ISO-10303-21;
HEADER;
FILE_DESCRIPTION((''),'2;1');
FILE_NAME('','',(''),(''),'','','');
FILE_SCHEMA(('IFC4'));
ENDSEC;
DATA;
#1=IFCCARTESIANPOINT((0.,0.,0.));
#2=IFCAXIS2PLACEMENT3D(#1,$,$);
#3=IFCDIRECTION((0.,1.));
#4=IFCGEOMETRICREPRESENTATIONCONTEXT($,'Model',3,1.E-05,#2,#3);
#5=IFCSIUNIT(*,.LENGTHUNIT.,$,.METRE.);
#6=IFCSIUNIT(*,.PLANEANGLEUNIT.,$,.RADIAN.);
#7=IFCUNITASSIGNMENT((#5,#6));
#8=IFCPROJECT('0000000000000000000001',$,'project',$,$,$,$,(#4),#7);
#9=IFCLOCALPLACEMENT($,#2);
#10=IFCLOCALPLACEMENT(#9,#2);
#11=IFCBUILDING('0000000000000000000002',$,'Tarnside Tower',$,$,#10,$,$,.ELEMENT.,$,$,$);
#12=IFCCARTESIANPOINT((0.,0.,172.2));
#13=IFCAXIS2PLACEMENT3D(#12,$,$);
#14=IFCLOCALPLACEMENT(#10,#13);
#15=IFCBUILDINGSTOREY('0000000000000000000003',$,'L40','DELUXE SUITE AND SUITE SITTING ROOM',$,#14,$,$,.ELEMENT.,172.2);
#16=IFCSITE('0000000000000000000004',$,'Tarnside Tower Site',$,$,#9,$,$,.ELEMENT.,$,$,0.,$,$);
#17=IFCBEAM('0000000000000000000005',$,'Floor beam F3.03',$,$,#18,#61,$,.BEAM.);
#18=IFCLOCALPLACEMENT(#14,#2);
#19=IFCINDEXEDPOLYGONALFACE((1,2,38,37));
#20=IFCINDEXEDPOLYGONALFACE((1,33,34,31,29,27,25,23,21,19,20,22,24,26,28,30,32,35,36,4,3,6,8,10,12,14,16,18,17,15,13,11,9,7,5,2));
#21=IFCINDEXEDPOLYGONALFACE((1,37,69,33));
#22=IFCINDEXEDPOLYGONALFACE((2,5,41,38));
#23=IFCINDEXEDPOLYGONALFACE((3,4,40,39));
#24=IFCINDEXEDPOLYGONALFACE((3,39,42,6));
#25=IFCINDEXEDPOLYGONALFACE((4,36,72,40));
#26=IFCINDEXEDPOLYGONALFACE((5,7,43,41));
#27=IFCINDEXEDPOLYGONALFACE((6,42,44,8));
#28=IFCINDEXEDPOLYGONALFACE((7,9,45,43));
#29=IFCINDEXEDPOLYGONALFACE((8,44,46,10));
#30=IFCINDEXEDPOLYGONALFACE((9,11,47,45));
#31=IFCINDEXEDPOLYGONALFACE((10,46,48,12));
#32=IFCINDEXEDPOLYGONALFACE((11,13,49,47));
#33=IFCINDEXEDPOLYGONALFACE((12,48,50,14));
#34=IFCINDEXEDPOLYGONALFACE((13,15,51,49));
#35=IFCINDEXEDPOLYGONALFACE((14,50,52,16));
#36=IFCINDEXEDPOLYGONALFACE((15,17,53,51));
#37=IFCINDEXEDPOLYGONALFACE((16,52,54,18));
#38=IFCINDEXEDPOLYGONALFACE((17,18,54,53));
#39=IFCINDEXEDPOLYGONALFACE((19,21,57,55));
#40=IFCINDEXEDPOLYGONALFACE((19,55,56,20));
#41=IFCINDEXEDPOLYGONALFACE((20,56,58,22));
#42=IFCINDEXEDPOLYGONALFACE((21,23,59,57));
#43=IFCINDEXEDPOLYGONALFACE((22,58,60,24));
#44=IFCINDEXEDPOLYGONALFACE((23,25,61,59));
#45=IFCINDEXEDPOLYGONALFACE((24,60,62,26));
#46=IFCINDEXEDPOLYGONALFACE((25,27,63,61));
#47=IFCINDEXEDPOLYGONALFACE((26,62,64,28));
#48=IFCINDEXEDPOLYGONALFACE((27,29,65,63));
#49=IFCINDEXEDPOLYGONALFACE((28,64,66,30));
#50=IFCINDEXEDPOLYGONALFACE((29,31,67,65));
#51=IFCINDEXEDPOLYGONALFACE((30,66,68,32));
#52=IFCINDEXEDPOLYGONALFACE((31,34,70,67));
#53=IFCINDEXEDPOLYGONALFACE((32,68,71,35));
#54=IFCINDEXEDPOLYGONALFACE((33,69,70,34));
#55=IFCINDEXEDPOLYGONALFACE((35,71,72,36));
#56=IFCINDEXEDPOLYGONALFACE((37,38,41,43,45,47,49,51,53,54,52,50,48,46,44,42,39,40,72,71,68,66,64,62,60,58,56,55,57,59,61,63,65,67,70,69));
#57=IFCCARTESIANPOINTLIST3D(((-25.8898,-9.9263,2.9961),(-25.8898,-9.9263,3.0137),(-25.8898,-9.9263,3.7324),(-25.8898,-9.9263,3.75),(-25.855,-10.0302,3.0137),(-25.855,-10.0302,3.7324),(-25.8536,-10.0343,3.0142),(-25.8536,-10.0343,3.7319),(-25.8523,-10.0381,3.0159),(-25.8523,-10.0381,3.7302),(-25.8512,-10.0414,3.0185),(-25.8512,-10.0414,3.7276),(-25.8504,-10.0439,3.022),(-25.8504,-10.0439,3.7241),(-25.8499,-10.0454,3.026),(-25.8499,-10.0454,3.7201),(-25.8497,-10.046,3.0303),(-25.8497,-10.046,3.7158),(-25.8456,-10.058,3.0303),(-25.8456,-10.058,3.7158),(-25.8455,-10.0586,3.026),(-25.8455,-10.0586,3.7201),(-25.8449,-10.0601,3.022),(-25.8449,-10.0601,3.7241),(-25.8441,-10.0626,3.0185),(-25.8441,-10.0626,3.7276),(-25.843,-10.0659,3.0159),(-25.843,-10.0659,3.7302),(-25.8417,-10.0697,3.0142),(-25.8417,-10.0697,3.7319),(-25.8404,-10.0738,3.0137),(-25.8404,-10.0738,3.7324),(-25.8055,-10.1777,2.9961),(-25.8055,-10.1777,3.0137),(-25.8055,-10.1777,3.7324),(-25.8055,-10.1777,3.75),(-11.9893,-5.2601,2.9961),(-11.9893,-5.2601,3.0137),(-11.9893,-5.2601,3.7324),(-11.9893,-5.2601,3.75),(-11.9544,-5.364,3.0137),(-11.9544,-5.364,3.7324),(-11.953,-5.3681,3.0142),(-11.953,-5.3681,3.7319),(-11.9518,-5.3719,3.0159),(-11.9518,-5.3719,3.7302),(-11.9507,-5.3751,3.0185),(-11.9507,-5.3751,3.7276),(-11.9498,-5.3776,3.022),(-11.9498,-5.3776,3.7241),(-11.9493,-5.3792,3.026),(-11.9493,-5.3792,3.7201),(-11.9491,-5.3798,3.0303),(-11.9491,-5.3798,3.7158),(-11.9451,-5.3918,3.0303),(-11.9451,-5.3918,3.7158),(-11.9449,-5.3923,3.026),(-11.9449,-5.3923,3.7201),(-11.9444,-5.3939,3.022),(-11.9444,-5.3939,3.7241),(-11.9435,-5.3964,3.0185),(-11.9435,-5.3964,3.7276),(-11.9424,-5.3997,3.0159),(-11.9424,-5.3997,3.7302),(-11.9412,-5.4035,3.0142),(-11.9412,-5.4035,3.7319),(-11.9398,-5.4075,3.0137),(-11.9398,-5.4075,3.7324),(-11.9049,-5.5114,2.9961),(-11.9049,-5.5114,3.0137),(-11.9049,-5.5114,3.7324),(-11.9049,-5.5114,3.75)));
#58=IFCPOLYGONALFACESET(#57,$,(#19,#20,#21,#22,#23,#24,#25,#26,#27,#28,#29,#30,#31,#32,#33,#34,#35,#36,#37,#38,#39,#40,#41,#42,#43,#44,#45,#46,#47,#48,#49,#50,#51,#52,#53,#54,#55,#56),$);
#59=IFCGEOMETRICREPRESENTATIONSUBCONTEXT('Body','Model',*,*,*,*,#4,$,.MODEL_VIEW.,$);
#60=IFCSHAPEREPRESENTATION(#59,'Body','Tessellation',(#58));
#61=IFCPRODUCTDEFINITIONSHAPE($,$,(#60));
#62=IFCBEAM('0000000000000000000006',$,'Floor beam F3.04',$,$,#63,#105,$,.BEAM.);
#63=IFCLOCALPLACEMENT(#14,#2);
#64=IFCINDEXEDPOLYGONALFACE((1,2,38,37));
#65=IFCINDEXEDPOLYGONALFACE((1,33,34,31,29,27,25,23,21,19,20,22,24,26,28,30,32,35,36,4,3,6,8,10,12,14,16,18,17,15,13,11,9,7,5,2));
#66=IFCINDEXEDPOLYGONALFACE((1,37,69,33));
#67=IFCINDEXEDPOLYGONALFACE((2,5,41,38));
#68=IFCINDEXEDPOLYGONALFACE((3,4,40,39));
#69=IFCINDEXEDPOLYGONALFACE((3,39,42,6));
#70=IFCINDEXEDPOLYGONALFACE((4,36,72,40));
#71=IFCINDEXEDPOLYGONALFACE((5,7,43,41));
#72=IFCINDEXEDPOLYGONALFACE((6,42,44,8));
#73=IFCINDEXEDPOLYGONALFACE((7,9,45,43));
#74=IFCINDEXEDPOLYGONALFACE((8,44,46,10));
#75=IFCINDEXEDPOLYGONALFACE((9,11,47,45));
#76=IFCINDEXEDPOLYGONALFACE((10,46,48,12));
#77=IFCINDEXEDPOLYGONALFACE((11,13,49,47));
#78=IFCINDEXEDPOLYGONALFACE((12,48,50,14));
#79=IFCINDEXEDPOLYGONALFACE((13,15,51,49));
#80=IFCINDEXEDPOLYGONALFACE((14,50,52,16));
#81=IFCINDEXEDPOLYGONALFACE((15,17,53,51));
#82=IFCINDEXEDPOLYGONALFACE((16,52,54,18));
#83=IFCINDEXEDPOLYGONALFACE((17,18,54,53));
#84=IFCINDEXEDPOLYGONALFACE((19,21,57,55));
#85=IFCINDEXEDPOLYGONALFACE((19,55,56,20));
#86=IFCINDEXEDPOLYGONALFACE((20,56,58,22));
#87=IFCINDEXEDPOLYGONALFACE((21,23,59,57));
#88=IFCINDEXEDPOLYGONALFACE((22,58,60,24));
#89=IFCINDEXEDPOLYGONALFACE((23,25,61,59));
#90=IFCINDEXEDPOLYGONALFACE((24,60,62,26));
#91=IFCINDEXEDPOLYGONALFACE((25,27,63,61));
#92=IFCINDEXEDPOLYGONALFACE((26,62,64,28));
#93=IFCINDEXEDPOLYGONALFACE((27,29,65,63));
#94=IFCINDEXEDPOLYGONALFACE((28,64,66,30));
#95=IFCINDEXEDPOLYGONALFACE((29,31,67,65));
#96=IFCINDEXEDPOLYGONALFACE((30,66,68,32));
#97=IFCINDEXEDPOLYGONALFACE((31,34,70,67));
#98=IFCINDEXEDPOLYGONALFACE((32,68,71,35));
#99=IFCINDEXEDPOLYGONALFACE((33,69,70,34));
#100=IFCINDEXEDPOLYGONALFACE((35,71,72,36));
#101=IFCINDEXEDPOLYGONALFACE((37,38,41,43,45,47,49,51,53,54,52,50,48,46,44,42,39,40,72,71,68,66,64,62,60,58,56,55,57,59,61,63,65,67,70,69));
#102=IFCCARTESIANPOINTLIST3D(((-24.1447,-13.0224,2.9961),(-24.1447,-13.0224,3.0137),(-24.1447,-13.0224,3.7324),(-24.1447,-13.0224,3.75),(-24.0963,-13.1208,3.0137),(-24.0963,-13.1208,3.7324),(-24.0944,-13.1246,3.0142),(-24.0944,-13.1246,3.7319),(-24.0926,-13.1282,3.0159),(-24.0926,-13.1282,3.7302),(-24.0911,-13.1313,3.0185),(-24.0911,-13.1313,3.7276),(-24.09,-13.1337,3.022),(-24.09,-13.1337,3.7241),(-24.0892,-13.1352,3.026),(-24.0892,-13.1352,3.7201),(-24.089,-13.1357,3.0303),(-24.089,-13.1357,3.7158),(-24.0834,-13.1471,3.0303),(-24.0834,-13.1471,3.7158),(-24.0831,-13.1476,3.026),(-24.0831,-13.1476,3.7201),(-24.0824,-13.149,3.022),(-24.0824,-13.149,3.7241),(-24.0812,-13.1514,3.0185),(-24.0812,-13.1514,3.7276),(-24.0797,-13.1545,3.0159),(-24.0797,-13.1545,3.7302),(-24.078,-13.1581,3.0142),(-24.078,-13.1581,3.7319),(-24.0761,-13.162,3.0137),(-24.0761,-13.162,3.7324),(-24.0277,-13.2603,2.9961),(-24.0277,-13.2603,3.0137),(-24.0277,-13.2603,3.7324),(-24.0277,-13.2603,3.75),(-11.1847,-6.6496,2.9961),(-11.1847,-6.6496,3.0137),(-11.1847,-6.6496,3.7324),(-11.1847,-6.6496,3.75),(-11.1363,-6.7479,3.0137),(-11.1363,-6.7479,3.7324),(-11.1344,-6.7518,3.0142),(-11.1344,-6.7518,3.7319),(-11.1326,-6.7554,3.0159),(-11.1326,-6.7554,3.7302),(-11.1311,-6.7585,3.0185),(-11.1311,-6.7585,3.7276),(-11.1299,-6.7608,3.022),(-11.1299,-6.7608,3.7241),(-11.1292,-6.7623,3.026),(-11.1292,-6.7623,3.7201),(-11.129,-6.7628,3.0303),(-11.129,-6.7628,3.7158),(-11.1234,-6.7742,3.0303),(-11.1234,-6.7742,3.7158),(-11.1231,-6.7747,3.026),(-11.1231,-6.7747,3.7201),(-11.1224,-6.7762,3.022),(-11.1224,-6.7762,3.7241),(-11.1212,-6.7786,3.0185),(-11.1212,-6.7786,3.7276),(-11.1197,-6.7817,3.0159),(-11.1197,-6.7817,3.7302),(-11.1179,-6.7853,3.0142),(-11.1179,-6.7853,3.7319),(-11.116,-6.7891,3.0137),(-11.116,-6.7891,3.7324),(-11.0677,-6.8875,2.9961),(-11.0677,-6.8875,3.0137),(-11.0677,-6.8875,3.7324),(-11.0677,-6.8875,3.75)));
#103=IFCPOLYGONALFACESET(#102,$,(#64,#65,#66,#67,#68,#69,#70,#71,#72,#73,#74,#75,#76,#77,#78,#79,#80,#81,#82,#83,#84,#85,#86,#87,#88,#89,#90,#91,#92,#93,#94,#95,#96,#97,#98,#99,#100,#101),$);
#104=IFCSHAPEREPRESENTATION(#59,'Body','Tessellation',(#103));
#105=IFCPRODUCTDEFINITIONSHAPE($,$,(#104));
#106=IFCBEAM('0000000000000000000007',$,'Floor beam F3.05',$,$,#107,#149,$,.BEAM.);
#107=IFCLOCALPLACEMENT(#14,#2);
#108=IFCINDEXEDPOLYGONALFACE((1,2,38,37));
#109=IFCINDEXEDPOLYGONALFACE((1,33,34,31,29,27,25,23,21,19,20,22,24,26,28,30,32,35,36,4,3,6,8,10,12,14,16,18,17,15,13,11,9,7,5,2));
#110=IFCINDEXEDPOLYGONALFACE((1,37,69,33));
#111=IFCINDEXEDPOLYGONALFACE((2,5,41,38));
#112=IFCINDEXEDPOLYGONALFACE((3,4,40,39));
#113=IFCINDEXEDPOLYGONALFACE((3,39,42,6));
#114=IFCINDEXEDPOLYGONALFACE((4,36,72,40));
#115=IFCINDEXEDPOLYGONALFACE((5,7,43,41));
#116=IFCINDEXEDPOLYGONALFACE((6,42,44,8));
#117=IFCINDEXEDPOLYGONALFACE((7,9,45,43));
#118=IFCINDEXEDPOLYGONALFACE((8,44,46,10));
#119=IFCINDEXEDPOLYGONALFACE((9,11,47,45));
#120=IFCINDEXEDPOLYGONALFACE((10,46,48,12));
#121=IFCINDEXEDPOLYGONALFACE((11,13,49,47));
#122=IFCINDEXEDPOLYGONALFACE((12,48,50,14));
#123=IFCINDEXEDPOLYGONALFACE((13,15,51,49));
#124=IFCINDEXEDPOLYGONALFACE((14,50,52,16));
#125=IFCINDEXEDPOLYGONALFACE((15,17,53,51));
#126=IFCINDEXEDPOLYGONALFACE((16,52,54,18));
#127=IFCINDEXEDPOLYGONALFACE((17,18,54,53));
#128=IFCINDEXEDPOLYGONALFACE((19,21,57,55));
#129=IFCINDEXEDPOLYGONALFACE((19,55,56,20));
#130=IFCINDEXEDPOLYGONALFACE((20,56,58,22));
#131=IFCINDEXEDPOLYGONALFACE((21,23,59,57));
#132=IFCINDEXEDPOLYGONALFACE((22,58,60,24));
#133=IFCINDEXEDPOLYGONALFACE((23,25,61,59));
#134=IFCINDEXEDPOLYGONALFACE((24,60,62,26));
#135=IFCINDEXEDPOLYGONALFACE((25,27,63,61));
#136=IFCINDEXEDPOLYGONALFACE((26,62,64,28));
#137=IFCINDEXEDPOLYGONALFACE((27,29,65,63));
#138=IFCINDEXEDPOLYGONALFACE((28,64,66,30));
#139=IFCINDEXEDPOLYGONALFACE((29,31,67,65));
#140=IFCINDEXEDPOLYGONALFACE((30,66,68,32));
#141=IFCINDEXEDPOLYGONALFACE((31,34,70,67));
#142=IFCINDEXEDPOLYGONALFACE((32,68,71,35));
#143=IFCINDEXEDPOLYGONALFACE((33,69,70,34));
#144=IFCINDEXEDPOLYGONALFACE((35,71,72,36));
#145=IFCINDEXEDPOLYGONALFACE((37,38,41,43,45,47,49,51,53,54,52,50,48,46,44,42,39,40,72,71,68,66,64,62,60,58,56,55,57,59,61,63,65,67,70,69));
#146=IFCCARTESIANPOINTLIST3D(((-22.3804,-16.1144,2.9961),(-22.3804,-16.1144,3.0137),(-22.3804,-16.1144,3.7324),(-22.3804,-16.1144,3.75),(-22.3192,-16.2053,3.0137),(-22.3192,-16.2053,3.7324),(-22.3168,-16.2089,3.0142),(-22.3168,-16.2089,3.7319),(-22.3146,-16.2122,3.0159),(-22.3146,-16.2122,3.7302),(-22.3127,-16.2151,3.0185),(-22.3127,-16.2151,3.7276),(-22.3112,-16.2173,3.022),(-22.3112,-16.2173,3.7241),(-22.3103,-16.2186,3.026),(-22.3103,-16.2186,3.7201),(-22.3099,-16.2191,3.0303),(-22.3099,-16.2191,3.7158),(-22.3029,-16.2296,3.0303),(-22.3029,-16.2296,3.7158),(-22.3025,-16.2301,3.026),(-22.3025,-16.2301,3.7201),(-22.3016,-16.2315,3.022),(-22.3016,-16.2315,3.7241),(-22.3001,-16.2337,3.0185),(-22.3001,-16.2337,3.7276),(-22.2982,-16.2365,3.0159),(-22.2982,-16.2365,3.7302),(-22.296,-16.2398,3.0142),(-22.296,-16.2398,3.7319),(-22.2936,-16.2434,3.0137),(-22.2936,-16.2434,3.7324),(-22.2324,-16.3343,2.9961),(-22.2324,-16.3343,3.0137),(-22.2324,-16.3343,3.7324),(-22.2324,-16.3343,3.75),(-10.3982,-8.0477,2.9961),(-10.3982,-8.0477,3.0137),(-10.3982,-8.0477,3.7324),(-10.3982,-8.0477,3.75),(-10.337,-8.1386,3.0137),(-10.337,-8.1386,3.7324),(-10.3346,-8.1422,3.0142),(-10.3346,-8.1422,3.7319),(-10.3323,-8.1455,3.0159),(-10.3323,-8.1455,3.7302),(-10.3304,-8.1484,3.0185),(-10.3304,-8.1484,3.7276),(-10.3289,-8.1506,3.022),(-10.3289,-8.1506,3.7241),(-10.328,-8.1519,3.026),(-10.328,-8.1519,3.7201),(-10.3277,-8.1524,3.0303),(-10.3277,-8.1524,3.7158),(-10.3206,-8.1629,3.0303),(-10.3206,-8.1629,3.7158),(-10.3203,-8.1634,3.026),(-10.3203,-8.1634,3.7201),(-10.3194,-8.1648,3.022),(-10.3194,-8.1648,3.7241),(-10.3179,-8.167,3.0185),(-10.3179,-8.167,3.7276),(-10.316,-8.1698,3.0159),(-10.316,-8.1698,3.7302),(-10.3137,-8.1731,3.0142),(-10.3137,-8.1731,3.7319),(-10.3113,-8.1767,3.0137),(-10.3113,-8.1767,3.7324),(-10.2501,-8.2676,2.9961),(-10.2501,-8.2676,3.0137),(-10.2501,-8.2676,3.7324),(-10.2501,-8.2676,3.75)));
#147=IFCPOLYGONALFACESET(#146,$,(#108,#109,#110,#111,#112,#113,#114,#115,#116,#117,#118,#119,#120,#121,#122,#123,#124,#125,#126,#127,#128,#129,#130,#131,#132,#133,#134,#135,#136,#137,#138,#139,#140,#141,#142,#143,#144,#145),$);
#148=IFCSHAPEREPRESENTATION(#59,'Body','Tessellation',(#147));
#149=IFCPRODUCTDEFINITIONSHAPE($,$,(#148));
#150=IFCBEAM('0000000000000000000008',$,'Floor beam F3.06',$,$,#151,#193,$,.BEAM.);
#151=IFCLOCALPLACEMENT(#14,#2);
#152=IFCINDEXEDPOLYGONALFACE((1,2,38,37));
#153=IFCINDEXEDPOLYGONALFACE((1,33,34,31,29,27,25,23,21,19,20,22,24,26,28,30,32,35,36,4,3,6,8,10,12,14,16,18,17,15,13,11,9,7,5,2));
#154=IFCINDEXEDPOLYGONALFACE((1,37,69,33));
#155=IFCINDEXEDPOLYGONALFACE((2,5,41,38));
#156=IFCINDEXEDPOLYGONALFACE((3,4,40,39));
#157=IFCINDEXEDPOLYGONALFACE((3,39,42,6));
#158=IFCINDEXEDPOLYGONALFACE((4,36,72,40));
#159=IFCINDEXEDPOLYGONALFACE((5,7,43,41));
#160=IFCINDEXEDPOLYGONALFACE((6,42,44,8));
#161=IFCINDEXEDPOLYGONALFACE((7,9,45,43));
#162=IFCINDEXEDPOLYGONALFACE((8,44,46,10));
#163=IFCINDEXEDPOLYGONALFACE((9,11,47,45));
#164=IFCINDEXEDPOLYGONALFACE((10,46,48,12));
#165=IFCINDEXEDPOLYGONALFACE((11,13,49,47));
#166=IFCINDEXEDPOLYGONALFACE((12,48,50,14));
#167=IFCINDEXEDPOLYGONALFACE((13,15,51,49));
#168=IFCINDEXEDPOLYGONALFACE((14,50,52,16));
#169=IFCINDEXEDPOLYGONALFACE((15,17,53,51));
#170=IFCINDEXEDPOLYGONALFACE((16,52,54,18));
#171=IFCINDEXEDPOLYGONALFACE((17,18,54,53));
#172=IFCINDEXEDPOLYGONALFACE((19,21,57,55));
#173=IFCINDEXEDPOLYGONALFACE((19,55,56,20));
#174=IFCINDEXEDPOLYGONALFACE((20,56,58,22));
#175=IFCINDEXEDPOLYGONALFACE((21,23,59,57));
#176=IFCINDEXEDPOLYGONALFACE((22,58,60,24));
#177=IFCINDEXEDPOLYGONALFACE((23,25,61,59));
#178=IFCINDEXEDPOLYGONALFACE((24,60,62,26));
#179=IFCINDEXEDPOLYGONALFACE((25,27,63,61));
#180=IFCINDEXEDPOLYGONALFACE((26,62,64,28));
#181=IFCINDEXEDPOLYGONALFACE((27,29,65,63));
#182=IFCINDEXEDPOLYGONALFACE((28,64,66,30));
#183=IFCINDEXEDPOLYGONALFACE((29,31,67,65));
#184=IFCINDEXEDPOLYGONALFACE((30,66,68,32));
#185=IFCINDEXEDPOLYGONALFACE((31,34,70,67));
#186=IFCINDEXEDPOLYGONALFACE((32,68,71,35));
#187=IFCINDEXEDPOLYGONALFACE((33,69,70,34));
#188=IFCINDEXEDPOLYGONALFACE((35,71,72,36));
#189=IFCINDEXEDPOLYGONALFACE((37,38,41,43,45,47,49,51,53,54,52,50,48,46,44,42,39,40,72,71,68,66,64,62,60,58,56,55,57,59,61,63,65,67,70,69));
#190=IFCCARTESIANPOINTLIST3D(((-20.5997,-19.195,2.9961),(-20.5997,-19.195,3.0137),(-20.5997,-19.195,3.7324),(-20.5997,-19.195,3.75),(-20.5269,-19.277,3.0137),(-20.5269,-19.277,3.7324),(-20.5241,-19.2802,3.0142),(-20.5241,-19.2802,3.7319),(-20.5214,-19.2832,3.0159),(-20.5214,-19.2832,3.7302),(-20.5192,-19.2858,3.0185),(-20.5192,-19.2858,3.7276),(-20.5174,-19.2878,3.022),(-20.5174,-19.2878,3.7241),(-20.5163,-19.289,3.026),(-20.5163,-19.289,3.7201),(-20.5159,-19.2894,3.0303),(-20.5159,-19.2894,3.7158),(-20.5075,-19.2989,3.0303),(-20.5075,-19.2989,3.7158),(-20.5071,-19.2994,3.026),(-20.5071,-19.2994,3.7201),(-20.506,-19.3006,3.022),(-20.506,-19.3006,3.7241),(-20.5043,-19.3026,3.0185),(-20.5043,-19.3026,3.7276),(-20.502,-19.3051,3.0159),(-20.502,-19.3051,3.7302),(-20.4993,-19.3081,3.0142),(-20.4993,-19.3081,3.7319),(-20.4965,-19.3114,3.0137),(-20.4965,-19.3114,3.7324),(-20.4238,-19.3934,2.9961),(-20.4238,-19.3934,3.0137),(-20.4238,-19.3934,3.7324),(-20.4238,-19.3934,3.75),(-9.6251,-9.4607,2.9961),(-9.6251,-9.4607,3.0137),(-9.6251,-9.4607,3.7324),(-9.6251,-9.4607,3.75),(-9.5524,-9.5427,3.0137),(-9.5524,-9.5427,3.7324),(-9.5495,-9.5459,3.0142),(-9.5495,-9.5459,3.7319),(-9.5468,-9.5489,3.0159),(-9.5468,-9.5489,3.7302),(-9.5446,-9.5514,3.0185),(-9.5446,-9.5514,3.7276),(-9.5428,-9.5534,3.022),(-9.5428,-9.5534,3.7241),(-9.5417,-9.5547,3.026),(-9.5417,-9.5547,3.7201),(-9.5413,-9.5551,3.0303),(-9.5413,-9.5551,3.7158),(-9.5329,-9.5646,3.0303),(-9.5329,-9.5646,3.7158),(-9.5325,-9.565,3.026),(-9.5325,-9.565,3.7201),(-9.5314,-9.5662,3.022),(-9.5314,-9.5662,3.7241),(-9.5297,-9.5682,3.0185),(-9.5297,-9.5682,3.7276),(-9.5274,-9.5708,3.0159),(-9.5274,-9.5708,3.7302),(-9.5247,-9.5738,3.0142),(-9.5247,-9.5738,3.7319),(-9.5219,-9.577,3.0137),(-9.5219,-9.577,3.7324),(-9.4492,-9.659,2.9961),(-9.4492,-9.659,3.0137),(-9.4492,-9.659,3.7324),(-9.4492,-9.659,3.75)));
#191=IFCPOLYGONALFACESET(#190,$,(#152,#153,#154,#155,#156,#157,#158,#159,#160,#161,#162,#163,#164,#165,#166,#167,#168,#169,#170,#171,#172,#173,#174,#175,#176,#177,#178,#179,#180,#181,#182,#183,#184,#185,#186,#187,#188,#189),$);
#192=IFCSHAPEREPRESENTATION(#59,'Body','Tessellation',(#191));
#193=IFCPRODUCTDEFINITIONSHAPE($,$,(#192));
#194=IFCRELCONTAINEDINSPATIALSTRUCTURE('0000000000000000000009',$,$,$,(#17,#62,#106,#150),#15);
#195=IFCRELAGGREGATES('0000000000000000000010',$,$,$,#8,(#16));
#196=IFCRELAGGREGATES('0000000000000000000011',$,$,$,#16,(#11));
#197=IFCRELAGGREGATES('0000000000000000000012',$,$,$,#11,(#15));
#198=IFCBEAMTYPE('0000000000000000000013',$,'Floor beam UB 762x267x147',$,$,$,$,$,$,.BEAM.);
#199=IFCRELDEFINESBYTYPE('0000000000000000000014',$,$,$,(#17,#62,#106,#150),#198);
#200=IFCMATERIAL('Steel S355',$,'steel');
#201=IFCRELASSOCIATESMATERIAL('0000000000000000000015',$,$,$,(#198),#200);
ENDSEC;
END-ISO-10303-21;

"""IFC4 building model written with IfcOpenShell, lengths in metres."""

from ifc_helpers import new_model, si_unit, direction, frame, origin, origin_2d, place, context, subcontext, project, spatial, i_section, extrude, material, material_profile, profile_set, type_object, element, save


model = new_model("IFC4")

# Units and contexts
model_context = context("Model", 3, precision=1e-05, world=origin(), true_north=direction((0.0, 1.0)))
body_context = subcontext(model_context, "Body", "Model", "MODEL_VIEW")
ifc_project = project(units=[si_unit("LENGTHUNIT", "METRE"), si_unit("PLANEANGLEUNIT", "RADIAN")], contexts=[model_context])

# Site, building, storey
site_placement = place(None, origin())
site = spatial("IfcSite", under=ifc_project, at=site_placement, Name="Tarnside Tower Site", CompositionType="ELEMENT", RefElevation=0.0)
building_placement = place(site_placement, origin())
building = spatial("IfcBuilding", under=site, at=building_placement, Name="Tarnside Tower", CompositionType="ELEMENT")
storey_placement = place(building_placement, frame((0.0, 0.0, 172.2)))
storey = spatial("IfcBuildingStorey", under=building, at=storey_placement, Name="L40", Description="DELUXE SUITE AND SUITE SITTING ROOM", CompositionType="ELEMENT", Elevation=172.2)

# Beams
ifc_material_1 = material(Name="Steel S355", Category="steel")
ifc_material_profile_1 = material_profile(ifc_material_1, i_section(OverallWidth=0.2651, OverallDepth=0.7539, WebThickness=0.0127, FlangeThickness=0.0176, FilletRadius=0.0166, at=origin_2d()), Name="UB 762x267x147")
ifc_profile_set_1 = profile_set([ifc_material_profile_1], Name="Steel S355")
beam_type_1 = type_object("IfcBeamType", Name="Floor beam UB 762x267x147", PredefinedType="BEAM", material=ifc_profile_set_1)
beam_1_placement = place(storey_placement, frame((-25.8477, -10.052, 3.373), z_axis=(0.948012, 0.318235, 0.0), x_axis=(-0.318235, 0.948012, 0.0)))
element("IfcBeam", 1, at=beam_1_placement, inside=storey, type_object=beam_type_1, Name="Floor beam F3.03", PredefinedType="BEAM", context=body_context, shape_type="SweptSolid", body=[
    extrude(i_section(OverallWidth=0.2651, OverallDepth=0.7539, WebThickness=0.0127, FlangeThickness=0.0176, FilletRadius=0.0166, at=origin_2d()), origin(), (0.0, 0.0, 1.0), 14.6628),
])
beam_2_placement = place(storey_placement, frame((-24.0862, -13.1414, 3.373), z_axis=(0.897376, 0.441267, 0.0), x_axis=(-0.441267, 0.897376, 0.0)))
element("IfcBeam", 2, at=beam_2_placement, inside=storey, type_object=beam_type_1, Name="Floor beam F3.04", PredefinedType="BEAM", context=body_context, shape_type="SweptSolid", body=[
    extrude(i_section(OverallWidth=0.2651, OverallDepth=0.7539, WebThickness=0.0127, FlangeThickness=0.0176, FilletRadius=0.0166, at=origin_2d()), origin(), (0.0, 0.0, 1.0), 14.4421),
])
beam_3_placement = place(storey_placement, frame((-22.3064, -16.2244, 3.373), z_axis=(0.829532, 0.558458, 0.0), x_axis=(-0.558458, 0.829532, 0.0)))
element("IfcBeam", 3, at=beam_3_placement, inside=storey, type_object=beam_type_1, Name="Floor beam F3.05", PredefinedType="BEAM", context=body_context, shape_type="SweptSolid", body=[
    extrude(i_section(OverallWidth=0.2651, OverallDepth=0.7539, WebThickness=0.0127, FlangeThickness=0.0176, FilletRadius=0.0166, at=origin_2d()), origin(), (0.0, 0.0, 1.0), 14.4446),
])
beam_4_placement = place(storey_placement, frame((-20.5117, -19.2942, 3.373), z_axis=(0.748114, 0.66357, 0.0), x_axis=(-0.66357, 0.748114, 0.0)))
element("IfcBeam", 4, at=beam_4_placement, inside=storey, type_object=beam_type_1, Name="Floor beam F3.06", PredefinedType="BEAM", context=body_context, shape_type="SweptSolid", body=[
    extrude(i_section(OverallWidth=0.2651, OverallDepth=0.7539, WebThickness=0.0127, FlangeThickness=0.0176, FilletRadius=0.0166, at=origin_2d()), origin(), (0.0, 0.0, 1.0), 14.6697),
])

save(model, "model.ifc")
